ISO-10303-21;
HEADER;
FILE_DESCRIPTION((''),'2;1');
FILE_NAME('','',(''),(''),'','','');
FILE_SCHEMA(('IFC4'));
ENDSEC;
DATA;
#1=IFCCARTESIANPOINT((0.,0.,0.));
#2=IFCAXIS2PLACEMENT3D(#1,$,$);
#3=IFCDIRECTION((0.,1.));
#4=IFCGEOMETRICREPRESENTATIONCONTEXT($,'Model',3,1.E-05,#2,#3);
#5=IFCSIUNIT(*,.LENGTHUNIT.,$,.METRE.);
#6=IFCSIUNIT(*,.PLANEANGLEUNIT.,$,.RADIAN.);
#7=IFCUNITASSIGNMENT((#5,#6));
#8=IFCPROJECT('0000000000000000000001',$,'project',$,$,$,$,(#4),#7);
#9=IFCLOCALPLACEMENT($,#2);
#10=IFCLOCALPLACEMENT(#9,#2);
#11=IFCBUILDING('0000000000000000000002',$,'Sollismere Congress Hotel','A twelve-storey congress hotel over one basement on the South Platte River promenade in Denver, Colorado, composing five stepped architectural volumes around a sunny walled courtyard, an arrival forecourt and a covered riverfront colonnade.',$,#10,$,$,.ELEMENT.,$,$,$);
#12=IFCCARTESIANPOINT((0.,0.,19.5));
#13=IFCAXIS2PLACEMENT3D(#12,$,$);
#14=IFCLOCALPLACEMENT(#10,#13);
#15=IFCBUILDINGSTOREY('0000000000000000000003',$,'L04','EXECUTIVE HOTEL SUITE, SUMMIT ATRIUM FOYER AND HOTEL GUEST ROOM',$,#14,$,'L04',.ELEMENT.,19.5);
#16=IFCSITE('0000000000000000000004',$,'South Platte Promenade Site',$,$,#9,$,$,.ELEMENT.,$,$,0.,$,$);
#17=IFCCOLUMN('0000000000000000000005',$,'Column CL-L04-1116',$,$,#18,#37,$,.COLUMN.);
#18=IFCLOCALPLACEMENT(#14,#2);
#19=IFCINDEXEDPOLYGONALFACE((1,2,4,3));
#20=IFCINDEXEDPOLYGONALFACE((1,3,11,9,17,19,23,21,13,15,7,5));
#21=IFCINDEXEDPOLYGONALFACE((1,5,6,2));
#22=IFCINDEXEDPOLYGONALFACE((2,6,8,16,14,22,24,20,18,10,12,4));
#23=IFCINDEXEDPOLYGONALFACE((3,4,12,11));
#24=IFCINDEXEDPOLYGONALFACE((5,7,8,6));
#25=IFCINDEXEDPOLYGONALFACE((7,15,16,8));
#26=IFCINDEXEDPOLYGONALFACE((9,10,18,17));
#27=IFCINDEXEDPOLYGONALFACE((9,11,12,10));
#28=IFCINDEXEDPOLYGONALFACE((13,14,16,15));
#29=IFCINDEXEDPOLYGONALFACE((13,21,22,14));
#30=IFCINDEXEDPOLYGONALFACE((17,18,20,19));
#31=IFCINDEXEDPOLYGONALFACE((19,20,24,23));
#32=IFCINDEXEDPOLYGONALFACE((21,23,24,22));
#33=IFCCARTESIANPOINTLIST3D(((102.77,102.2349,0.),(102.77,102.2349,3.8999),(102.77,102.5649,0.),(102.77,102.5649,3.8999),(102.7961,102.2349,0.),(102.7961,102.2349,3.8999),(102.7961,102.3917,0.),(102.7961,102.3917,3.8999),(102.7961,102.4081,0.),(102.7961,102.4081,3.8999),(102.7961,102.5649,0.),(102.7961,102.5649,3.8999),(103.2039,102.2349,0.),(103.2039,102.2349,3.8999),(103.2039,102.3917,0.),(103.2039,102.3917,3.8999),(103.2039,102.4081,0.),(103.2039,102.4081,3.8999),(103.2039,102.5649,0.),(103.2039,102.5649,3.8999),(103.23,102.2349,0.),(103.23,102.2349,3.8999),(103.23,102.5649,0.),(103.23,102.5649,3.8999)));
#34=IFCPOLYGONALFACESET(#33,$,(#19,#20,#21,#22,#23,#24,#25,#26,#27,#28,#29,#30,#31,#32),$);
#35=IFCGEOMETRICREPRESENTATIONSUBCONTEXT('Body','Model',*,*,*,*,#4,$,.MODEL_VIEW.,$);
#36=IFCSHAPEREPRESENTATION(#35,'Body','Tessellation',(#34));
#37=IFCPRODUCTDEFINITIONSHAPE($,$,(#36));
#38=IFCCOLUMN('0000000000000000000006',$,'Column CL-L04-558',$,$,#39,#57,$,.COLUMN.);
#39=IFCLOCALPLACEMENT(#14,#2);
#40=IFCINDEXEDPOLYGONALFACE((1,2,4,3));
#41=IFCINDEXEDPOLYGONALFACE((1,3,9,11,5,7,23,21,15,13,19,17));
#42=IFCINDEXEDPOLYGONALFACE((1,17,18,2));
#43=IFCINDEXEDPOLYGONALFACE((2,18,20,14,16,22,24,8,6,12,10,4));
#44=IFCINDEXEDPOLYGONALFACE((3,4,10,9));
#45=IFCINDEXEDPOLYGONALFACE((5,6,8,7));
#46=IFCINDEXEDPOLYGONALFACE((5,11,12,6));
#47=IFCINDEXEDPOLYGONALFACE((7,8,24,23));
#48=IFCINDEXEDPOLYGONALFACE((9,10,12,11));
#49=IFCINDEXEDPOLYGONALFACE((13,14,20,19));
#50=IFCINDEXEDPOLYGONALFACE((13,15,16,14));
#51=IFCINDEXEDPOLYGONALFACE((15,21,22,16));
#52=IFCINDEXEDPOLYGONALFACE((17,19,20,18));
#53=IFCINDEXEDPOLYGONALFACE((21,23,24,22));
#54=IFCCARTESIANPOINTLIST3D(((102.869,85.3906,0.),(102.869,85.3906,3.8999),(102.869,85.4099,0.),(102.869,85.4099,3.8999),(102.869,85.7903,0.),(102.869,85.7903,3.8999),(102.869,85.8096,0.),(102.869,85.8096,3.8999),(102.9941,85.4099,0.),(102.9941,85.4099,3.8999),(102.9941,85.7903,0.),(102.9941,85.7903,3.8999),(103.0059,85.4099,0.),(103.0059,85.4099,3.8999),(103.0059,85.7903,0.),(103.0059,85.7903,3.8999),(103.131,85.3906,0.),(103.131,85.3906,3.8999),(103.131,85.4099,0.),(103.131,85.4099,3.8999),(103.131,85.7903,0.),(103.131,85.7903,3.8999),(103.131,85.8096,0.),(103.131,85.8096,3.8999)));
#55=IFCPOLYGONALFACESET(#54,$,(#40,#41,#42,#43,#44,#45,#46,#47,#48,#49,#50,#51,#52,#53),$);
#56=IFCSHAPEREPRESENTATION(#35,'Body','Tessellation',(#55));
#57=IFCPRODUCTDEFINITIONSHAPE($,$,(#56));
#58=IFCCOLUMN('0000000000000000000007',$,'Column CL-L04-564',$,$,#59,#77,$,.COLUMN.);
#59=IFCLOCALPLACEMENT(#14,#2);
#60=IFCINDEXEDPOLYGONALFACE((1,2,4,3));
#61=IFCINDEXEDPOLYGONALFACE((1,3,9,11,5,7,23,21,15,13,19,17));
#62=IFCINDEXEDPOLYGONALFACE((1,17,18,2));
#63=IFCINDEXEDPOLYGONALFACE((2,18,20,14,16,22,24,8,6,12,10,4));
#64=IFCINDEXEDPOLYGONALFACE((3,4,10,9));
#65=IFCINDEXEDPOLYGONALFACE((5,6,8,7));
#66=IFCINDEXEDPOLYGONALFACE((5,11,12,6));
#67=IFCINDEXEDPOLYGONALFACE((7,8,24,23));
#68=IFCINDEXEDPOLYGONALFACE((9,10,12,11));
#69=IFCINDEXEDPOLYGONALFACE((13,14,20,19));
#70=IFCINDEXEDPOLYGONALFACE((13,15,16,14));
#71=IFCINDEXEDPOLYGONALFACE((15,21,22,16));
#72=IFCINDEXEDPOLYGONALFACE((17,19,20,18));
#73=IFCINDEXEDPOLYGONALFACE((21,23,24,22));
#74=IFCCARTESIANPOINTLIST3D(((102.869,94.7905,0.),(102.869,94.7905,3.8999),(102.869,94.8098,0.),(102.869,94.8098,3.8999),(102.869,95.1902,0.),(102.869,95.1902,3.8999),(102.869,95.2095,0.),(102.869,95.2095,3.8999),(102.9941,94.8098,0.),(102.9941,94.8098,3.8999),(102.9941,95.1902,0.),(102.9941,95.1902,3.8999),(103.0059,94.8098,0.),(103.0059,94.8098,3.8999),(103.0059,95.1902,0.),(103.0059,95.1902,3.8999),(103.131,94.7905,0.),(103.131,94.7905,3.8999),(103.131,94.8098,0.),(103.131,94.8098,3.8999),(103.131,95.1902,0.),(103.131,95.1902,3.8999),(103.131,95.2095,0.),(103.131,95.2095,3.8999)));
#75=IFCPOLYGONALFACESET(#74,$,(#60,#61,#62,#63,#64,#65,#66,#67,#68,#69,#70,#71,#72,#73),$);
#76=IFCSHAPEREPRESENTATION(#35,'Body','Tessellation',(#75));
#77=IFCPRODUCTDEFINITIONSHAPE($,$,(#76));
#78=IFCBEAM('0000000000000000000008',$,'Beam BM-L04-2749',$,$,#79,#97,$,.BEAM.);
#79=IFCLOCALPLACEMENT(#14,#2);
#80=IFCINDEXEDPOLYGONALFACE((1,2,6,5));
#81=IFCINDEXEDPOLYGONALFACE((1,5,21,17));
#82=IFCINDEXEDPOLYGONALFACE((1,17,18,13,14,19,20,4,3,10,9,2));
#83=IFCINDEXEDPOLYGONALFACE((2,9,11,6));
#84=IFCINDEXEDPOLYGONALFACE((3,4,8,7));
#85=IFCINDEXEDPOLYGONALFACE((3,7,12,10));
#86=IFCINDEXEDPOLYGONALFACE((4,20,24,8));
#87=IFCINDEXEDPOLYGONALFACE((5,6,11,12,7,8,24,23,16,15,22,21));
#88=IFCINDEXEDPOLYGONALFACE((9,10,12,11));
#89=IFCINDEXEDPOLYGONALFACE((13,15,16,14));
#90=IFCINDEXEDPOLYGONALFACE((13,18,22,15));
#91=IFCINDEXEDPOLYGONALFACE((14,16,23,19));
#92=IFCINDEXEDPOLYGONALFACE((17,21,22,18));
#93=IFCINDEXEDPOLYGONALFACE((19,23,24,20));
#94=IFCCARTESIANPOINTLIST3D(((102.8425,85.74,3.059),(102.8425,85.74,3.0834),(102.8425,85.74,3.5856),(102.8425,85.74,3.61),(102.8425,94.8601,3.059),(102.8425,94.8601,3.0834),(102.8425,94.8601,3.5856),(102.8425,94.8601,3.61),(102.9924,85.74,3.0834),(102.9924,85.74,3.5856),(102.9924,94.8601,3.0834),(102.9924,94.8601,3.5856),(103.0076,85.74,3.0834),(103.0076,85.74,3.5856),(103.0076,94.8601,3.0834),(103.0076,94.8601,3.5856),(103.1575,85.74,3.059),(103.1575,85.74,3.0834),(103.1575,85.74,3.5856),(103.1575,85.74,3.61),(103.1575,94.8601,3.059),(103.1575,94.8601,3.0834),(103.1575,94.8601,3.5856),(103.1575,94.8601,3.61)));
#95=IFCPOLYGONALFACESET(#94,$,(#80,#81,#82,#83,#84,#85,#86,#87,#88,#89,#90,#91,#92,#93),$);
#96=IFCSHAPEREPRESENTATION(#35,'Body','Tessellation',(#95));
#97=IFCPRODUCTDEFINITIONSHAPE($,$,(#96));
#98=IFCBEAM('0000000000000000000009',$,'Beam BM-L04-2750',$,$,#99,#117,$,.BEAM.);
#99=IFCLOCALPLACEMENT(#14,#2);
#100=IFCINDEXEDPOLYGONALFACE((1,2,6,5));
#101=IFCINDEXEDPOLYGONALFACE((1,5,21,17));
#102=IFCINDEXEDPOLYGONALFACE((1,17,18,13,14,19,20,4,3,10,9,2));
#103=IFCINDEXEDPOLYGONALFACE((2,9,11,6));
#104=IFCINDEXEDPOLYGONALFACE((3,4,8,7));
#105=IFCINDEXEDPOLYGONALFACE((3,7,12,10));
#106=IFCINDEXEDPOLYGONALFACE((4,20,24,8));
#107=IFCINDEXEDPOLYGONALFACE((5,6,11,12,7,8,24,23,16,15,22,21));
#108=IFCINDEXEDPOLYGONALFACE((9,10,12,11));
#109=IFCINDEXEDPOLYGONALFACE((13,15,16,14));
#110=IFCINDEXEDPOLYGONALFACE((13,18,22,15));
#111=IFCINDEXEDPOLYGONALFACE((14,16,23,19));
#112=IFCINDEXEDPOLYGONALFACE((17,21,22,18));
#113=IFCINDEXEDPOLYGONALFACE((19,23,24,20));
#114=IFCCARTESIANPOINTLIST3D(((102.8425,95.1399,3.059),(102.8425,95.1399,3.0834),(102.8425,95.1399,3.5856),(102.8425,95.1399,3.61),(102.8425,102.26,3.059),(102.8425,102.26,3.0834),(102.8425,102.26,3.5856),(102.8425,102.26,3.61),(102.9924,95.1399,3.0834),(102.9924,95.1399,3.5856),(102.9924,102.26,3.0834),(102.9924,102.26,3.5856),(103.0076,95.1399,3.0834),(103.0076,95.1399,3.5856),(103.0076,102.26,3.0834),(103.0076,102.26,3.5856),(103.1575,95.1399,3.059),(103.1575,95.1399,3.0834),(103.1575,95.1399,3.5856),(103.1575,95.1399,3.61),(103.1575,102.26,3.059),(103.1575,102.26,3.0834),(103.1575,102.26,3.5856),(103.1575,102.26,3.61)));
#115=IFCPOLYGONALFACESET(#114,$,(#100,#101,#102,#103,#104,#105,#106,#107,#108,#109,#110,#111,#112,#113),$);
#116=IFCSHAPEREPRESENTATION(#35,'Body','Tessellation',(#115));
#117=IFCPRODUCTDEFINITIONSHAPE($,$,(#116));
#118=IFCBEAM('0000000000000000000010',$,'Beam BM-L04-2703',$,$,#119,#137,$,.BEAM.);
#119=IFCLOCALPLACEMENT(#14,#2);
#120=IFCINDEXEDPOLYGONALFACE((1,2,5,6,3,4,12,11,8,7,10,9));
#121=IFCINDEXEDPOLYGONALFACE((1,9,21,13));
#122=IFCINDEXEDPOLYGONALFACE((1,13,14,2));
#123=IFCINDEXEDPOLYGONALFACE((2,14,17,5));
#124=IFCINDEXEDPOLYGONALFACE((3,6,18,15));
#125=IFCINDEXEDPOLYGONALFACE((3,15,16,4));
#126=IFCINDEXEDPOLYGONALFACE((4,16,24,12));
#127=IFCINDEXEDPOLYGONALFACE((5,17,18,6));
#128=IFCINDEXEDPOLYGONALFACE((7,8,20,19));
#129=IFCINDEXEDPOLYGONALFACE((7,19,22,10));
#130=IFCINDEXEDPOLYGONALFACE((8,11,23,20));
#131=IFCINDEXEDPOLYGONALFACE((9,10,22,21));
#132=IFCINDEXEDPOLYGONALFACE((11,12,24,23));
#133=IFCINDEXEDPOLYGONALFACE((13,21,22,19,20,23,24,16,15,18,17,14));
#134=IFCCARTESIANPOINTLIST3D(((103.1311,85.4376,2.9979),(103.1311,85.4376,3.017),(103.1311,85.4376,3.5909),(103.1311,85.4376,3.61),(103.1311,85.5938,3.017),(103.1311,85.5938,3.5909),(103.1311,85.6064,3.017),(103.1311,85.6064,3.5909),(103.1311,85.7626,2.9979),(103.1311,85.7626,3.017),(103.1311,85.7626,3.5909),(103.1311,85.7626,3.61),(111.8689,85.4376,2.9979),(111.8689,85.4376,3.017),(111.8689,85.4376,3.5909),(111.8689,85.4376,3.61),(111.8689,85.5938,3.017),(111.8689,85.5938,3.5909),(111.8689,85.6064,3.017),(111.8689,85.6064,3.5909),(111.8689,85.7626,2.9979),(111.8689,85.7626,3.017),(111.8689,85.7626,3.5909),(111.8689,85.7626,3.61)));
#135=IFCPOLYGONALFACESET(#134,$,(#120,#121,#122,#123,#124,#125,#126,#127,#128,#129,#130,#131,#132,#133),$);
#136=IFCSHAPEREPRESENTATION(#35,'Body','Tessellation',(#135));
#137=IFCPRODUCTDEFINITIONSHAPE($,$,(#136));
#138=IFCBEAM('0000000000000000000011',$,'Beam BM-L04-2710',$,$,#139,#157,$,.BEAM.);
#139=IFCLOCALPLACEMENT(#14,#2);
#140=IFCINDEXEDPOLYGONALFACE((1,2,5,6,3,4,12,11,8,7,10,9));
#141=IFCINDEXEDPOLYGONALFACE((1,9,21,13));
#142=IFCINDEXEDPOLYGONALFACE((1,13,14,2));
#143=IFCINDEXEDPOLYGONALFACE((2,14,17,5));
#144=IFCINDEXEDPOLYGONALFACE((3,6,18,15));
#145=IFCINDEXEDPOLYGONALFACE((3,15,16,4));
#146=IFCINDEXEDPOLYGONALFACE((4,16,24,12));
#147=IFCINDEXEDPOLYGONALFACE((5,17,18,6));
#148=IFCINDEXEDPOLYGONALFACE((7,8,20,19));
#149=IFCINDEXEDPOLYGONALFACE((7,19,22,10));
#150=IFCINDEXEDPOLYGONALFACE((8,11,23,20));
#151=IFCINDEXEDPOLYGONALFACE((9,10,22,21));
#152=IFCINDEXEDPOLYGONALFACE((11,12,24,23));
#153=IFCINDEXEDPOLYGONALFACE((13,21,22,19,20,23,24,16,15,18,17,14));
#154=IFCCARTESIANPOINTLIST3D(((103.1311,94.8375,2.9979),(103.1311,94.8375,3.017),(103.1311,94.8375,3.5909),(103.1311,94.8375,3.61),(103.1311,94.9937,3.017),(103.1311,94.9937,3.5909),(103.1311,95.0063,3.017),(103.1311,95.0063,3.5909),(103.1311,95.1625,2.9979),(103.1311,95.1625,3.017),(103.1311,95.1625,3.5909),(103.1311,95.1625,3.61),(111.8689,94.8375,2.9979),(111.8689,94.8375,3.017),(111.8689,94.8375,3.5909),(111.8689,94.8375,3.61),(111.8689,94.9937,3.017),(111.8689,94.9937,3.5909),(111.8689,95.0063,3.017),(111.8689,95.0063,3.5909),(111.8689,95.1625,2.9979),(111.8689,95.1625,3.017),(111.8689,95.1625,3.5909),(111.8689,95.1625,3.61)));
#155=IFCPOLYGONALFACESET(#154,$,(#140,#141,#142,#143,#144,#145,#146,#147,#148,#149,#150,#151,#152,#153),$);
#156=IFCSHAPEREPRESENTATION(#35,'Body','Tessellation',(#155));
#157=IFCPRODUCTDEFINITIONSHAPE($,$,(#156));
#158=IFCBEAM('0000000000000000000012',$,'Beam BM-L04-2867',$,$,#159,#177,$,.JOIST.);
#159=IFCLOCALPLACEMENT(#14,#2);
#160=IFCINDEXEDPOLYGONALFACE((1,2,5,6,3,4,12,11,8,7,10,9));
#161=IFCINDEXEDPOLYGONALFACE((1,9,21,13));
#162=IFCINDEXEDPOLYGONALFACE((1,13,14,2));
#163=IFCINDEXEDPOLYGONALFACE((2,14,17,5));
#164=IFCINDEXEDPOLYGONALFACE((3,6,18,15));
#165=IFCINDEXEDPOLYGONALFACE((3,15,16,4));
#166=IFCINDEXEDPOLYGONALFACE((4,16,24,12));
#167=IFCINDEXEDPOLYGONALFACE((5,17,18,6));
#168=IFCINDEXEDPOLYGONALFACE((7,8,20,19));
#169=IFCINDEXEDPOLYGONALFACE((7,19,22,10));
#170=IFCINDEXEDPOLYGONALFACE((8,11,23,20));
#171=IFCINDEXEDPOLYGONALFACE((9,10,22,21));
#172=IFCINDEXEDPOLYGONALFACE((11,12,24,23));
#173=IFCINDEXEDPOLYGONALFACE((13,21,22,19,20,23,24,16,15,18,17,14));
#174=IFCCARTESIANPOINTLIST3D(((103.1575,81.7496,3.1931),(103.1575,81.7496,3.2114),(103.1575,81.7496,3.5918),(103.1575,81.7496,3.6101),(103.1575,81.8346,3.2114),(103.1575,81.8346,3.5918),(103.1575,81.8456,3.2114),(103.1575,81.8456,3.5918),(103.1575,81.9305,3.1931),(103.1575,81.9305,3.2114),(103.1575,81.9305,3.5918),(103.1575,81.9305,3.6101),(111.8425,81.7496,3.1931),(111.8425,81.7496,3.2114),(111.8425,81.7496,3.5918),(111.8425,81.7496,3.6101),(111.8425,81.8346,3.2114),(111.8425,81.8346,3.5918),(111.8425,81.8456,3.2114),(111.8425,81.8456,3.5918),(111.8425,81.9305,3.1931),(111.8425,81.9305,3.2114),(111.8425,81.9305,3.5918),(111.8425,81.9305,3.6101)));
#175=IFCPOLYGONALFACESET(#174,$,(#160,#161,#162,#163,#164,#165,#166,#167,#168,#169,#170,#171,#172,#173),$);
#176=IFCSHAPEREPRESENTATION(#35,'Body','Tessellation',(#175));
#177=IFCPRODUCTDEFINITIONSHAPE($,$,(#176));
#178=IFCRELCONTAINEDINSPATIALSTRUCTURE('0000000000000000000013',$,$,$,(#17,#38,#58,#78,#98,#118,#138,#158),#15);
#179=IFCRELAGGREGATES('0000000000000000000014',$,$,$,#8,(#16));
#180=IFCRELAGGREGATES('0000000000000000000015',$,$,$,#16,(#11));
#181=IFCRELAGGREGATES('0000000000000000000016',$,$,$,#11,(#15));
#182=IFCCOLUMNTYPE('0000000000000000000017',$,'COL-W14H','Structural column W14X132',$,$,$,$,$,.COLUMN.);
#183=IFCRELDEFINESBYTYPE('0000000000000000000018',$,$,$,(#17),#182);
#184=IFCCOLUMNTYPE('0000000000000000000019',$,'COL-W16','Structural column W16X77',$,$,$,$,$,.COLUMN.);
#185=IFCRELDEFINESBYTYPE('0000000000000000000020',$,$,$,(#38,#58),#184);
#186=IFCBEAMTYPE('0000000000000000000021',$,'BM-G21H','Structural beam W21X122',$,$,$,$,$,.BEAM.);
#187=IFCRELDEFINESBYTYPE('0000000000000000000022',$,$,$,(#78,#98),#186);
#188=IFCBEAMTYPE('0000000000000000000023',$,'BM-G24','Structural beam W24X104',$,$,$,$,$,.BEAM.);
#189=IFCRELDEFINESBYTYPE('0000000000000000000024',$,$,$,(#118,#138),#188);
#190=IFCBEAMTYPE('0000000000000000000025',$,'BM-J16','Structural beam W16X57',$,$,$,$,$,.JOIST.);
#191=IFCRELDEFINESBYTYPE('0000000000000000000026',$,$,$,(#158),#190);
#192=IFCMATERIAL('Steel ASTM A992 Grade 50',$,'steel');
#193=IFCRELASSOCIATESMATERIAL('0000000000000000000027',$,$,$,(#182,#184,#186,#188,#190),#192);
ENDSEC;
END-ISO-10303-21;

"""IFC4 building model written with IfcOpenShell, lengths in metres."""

from ifc_helpers import new_model, si_unit, direction, frame, origin, origin_2d, place, context, subcontext, project, spatial, i_section, extrude, material, material_profile, profile_set, type_object, element, save


model = new_model("IFC4")

# Units and contexts
model_context = context("Model", 3, precision=1e-05, world=origin(), true_north=direction((0.0, 1.0)))
body_context = subcontext(model_context, "Body", "Model", "MODEL_VIEW")
ifc_project = project(units=[si_unit("LENGTHUNIT", "METRE"), si_unit("PLANEANGLEUNIT", "RADIAN")], contexts=[model_context])

# Site, building, storey
site_placement = place(None, origin())
site = spatial("IfcSite", under=ifc_project, at=site_placement, Name="South Platte Promenade Site", CompositionType="ELEMENT", RefElevation=0.0)
building_placement = place(site_placement, origin())
building = spatial("IfcBuilding", under=site, at=building_placement, Name="Sollismere Congress Hotel", Description="A twelve-storey congress hotel over one basement on the South Platte River promenade in Denver, Colorado, composing five stepped architectural volumes around a sunny walled courtyard, an arrival forecourt and a covered riverfront colonnade.", CompositionType="ELEMENT")
storey_placement = place(building_placement, frame((0.0, 0.0, 19.5)))
storey = spatial("IfcBuildingStorey", under=building, at=storey_placement, Name="L04", Description="EXECUTIVE HOTEL SUITE, SUMMIT ATRIUM FOYER AND HOTEL GUEST ROOM", LongName="L04", CompositionType="ELEMENT", Elevation=19.5)

# Columns
ifc_material_1 = material(Name="Steel ASTM A992 Grade 50", Category="steel")
ifc_material_profile_1 = material_profile(ifc_material_1, i_section(OverallWidth=0.3301, OverallDepth=0.46, WebThickness=0.0164, FlangeThickness=0.0261, at=origin_2d()), Name="W14X132")
ifc_profile_set_1 = profile_set([ifc_material_profile_1], Name="Steel ASTM A992 Grade 50")
column_type_1 = type_object("IfcColumnType", Name="COL-W14H", Description="Structural column W14X132", PredefinedType="COLUMN", material=ifc_profile_set_1)
column_placement = place(storey_placement, frame((103.0, 102.3999, 0.0), z_axis=(0.0, 0.0, 1.0), x_axis=(0.0, 1.0, 0.0)))
element("IfcColumn", 1, at=column_placement, inside=storey, type_object=column_type_1, Name="Column CL-L04-1116", PredefinedType="COLUMN", context=body_context, shape_type="SweptSolid", body=[
    extrude(i_section(OverallWidth=0.3301, OverallDepth=0.46, WebThickness=0.0164, FlangeThickness=0.0261, at=origin_2d()), origin(), (0.0, 0.0, 1.0), 3.8999),
])
ifc_material_profile_2 = material_profile(ifc_material_1, i_section(OverallWidth=0.262, OverallDepth=0.4189, WebThickness=0.0117, FlangeThickness=0.0193, at=origin_2d()), Name="W16X77")
ifc_profile_set_2 = profile_set([ifc_material_profile_2], Name="Steel ASTM A992 Grade 50")
column_type_2 = type_object("IfcColumnType", Name="COL-W16", Description="Structural column W16X77", PredefinedType="COLUMN", material=ifc_profile_set_2)
for number, where, z_axis, x_axis, name in (
    (2, (103.0, 85.6001, 0.0), (0.0, 0.0, 1.0), (1.0, 0.0, 0.0), "Column CL-L04-558"),
    (3, (103.0, 95.0, 0.0), (0.0, 0.0, 1.0), (1.0, 0.0, 0.0), "Column CL-L04-564"),
):
    element("IfcColumn", number, at=place(storey_placement, frame(where, z_axis=z_axis, x_axis=x_axis)), inside=storey, type_object=column_type_2, Name=name, PredefinedType="COLUMN", context=body_context, shape_type="SweptSolid", body=[
        extrude(i_section(OverallWidth=0.262, OverallDepth=0.4189, WebThickness=0.0117, FlangeThickness=0.0193, at=origin_2d()), origin(), (0.0, 0.0, 1.0), 3.8999),
    ])

# Beams
ifc_material_profile_3 = material_profile(ifc_material_1, i_section(OverallWidth=0.3149, OverallDepth=0.551, WebThickness=0.0151, FlangeThickness=0.0244, at=origin_2d()), Name="W21X122")
ifc_profile_set_3 = profile_set([ifc_material_profile_3], Name="Steel ASTM A992 Grade 50")
beam_type_1 = type_object("IfcBeamType", Name="BM-G21H", Description="Structural beam W21X122", PredefinedType="BEAM", material=ifc_profile_set_3)
beam_1_placement = place(storey_placement, frame((103.0, 85.74, 3.3345), z_axis=(0.0, 1.0, 0.0), x_axis=(-1.0, 0.0, 0.0)))
element("IfcBeam", 4, at=beam_1_placement, inside=storey, type_object=beam_type_1, Name="Beam BM-L04-2749", PredefinedType="BEAM", context=body_context, shape_type="SweptSolid", body=[
    extrude(i_section(OverallWidth=0.3149, OverallDepth=0.551, WebThickness=0.0151, FlangeThickness=0.0244, at=origin_2d()), origin(), (0.0, 0.0, 1.0), 9.1201),
])
beam_2_placement = place(storey_placement, frame((103.0, 95.1399, 3.3345), z_axis=(0.0, 1.0, 0.0), x_axis=(-1.0, 0.0, 0.0)))
element("IfcBeam", 5, at=beam_2_placement, inside=storey, type_object=beam_type_1, Name="Beam BM-L04-2750", PredefinedType="BEAM", context=body_context, shape_type="SweptSolid", body=[
    extrude(i_section(OverallWidth=0.3149, OverallDepth=0.551, WebThickness=0.0151, FlangeThickness=0.0244, at=origin_2d()), origin(), (0.0, 0.0, 1.0), 7.1201),
])
ifc_material_profile_4 = material_profile(ifc_material_1, i_section(OverallWidth=0.325, OverallDepth=0.6121, WebThickness=0.0127, FlangeThickness=0.019, at=origin_2d()), Name="W24X104")
ifc_profile_set_4 = profile_set([ifc_material_profile_4], Name="Steel ASTM A992 Grade 50")
beam_type_2 = type_object("IfcBeamType", Name="BM-G24", Description="Structural beam W24X104", PredefinedType="BEAM", material=ifc_profile_set_4)
for number, where, z_axis, x_axis, name in (
    (6, (103.1311, 85.6001, 3.304), (1.0, 0.0, 0.0), (0.0, 1.0, 0.0), "Beam BM-L04-2703"),
    (7, (103.1311, 95.0, 3.304), (1.0, 0.0, 0.0), (0.0, 1.0, 0.0), "Beam BM-L04-2710"),
):
    element("IfcBeam", number, at=place(storey_placement, frame(where, z_axis=z_axis, x_axis=x_axis)), inside=storey, type_object=beam_type_2, Name=name, PredefinedType="BEAM", context=body_context, shape_type="SweptSolid", body=[
        extrude(i_section(OverallWidth=0.325, OverallDepth=0.6121, WebThickness=0.0127, FlangeThickness=0.019, at=origin_2d()), origin(), (0.0, 0.0, 1.0), 8.7378),
    ])
ifc_material_profile_5 = material_profile(ifc_material_1, i_section(OverallWidth=0.1809, OverallDepth=0.417, WebThickness=0.011, FlangeThickness=0.0183, at=origin_2d()), Name="W16X57")
ifc_profile_set_5 = profile_set([ifc_material_profile_5], Name="Steel ASTM A992 Grade 50")
beam_type_3 = type_object("IfcBeamType", Name="BM-J16", Description="Structural beam W16X57", PredefinedType="JOIST", material=ifc_profile_set_5)
for number, where, z_axis, x_axis, name in (
    (8, (103.1575, 81.8401, 3.4016), (1.0, 0.0, 0.0), (0.0, 1.0, 0.0), "Beam BM-L04-2867"),
):
    element("IfcBeam", number, at=place(storey_placement, frame(where, z_axis=z_axis, x_axis=x_axis)), inside=storey, type_object=beam_type_3, Name=name, PredefinedType="JOIST", context=body_context, shape_type="SweptSolid", body=[
        extrude(i_section(OverallWidth=0.1809, OverallDepth=0.417, WebThickness=0.011, FlangeThickness=0.0183, at=origin_2d()), origin(), (0.0, 0.0, 1.0), 8.6851),
    ])

save(model, "model.ifc")
